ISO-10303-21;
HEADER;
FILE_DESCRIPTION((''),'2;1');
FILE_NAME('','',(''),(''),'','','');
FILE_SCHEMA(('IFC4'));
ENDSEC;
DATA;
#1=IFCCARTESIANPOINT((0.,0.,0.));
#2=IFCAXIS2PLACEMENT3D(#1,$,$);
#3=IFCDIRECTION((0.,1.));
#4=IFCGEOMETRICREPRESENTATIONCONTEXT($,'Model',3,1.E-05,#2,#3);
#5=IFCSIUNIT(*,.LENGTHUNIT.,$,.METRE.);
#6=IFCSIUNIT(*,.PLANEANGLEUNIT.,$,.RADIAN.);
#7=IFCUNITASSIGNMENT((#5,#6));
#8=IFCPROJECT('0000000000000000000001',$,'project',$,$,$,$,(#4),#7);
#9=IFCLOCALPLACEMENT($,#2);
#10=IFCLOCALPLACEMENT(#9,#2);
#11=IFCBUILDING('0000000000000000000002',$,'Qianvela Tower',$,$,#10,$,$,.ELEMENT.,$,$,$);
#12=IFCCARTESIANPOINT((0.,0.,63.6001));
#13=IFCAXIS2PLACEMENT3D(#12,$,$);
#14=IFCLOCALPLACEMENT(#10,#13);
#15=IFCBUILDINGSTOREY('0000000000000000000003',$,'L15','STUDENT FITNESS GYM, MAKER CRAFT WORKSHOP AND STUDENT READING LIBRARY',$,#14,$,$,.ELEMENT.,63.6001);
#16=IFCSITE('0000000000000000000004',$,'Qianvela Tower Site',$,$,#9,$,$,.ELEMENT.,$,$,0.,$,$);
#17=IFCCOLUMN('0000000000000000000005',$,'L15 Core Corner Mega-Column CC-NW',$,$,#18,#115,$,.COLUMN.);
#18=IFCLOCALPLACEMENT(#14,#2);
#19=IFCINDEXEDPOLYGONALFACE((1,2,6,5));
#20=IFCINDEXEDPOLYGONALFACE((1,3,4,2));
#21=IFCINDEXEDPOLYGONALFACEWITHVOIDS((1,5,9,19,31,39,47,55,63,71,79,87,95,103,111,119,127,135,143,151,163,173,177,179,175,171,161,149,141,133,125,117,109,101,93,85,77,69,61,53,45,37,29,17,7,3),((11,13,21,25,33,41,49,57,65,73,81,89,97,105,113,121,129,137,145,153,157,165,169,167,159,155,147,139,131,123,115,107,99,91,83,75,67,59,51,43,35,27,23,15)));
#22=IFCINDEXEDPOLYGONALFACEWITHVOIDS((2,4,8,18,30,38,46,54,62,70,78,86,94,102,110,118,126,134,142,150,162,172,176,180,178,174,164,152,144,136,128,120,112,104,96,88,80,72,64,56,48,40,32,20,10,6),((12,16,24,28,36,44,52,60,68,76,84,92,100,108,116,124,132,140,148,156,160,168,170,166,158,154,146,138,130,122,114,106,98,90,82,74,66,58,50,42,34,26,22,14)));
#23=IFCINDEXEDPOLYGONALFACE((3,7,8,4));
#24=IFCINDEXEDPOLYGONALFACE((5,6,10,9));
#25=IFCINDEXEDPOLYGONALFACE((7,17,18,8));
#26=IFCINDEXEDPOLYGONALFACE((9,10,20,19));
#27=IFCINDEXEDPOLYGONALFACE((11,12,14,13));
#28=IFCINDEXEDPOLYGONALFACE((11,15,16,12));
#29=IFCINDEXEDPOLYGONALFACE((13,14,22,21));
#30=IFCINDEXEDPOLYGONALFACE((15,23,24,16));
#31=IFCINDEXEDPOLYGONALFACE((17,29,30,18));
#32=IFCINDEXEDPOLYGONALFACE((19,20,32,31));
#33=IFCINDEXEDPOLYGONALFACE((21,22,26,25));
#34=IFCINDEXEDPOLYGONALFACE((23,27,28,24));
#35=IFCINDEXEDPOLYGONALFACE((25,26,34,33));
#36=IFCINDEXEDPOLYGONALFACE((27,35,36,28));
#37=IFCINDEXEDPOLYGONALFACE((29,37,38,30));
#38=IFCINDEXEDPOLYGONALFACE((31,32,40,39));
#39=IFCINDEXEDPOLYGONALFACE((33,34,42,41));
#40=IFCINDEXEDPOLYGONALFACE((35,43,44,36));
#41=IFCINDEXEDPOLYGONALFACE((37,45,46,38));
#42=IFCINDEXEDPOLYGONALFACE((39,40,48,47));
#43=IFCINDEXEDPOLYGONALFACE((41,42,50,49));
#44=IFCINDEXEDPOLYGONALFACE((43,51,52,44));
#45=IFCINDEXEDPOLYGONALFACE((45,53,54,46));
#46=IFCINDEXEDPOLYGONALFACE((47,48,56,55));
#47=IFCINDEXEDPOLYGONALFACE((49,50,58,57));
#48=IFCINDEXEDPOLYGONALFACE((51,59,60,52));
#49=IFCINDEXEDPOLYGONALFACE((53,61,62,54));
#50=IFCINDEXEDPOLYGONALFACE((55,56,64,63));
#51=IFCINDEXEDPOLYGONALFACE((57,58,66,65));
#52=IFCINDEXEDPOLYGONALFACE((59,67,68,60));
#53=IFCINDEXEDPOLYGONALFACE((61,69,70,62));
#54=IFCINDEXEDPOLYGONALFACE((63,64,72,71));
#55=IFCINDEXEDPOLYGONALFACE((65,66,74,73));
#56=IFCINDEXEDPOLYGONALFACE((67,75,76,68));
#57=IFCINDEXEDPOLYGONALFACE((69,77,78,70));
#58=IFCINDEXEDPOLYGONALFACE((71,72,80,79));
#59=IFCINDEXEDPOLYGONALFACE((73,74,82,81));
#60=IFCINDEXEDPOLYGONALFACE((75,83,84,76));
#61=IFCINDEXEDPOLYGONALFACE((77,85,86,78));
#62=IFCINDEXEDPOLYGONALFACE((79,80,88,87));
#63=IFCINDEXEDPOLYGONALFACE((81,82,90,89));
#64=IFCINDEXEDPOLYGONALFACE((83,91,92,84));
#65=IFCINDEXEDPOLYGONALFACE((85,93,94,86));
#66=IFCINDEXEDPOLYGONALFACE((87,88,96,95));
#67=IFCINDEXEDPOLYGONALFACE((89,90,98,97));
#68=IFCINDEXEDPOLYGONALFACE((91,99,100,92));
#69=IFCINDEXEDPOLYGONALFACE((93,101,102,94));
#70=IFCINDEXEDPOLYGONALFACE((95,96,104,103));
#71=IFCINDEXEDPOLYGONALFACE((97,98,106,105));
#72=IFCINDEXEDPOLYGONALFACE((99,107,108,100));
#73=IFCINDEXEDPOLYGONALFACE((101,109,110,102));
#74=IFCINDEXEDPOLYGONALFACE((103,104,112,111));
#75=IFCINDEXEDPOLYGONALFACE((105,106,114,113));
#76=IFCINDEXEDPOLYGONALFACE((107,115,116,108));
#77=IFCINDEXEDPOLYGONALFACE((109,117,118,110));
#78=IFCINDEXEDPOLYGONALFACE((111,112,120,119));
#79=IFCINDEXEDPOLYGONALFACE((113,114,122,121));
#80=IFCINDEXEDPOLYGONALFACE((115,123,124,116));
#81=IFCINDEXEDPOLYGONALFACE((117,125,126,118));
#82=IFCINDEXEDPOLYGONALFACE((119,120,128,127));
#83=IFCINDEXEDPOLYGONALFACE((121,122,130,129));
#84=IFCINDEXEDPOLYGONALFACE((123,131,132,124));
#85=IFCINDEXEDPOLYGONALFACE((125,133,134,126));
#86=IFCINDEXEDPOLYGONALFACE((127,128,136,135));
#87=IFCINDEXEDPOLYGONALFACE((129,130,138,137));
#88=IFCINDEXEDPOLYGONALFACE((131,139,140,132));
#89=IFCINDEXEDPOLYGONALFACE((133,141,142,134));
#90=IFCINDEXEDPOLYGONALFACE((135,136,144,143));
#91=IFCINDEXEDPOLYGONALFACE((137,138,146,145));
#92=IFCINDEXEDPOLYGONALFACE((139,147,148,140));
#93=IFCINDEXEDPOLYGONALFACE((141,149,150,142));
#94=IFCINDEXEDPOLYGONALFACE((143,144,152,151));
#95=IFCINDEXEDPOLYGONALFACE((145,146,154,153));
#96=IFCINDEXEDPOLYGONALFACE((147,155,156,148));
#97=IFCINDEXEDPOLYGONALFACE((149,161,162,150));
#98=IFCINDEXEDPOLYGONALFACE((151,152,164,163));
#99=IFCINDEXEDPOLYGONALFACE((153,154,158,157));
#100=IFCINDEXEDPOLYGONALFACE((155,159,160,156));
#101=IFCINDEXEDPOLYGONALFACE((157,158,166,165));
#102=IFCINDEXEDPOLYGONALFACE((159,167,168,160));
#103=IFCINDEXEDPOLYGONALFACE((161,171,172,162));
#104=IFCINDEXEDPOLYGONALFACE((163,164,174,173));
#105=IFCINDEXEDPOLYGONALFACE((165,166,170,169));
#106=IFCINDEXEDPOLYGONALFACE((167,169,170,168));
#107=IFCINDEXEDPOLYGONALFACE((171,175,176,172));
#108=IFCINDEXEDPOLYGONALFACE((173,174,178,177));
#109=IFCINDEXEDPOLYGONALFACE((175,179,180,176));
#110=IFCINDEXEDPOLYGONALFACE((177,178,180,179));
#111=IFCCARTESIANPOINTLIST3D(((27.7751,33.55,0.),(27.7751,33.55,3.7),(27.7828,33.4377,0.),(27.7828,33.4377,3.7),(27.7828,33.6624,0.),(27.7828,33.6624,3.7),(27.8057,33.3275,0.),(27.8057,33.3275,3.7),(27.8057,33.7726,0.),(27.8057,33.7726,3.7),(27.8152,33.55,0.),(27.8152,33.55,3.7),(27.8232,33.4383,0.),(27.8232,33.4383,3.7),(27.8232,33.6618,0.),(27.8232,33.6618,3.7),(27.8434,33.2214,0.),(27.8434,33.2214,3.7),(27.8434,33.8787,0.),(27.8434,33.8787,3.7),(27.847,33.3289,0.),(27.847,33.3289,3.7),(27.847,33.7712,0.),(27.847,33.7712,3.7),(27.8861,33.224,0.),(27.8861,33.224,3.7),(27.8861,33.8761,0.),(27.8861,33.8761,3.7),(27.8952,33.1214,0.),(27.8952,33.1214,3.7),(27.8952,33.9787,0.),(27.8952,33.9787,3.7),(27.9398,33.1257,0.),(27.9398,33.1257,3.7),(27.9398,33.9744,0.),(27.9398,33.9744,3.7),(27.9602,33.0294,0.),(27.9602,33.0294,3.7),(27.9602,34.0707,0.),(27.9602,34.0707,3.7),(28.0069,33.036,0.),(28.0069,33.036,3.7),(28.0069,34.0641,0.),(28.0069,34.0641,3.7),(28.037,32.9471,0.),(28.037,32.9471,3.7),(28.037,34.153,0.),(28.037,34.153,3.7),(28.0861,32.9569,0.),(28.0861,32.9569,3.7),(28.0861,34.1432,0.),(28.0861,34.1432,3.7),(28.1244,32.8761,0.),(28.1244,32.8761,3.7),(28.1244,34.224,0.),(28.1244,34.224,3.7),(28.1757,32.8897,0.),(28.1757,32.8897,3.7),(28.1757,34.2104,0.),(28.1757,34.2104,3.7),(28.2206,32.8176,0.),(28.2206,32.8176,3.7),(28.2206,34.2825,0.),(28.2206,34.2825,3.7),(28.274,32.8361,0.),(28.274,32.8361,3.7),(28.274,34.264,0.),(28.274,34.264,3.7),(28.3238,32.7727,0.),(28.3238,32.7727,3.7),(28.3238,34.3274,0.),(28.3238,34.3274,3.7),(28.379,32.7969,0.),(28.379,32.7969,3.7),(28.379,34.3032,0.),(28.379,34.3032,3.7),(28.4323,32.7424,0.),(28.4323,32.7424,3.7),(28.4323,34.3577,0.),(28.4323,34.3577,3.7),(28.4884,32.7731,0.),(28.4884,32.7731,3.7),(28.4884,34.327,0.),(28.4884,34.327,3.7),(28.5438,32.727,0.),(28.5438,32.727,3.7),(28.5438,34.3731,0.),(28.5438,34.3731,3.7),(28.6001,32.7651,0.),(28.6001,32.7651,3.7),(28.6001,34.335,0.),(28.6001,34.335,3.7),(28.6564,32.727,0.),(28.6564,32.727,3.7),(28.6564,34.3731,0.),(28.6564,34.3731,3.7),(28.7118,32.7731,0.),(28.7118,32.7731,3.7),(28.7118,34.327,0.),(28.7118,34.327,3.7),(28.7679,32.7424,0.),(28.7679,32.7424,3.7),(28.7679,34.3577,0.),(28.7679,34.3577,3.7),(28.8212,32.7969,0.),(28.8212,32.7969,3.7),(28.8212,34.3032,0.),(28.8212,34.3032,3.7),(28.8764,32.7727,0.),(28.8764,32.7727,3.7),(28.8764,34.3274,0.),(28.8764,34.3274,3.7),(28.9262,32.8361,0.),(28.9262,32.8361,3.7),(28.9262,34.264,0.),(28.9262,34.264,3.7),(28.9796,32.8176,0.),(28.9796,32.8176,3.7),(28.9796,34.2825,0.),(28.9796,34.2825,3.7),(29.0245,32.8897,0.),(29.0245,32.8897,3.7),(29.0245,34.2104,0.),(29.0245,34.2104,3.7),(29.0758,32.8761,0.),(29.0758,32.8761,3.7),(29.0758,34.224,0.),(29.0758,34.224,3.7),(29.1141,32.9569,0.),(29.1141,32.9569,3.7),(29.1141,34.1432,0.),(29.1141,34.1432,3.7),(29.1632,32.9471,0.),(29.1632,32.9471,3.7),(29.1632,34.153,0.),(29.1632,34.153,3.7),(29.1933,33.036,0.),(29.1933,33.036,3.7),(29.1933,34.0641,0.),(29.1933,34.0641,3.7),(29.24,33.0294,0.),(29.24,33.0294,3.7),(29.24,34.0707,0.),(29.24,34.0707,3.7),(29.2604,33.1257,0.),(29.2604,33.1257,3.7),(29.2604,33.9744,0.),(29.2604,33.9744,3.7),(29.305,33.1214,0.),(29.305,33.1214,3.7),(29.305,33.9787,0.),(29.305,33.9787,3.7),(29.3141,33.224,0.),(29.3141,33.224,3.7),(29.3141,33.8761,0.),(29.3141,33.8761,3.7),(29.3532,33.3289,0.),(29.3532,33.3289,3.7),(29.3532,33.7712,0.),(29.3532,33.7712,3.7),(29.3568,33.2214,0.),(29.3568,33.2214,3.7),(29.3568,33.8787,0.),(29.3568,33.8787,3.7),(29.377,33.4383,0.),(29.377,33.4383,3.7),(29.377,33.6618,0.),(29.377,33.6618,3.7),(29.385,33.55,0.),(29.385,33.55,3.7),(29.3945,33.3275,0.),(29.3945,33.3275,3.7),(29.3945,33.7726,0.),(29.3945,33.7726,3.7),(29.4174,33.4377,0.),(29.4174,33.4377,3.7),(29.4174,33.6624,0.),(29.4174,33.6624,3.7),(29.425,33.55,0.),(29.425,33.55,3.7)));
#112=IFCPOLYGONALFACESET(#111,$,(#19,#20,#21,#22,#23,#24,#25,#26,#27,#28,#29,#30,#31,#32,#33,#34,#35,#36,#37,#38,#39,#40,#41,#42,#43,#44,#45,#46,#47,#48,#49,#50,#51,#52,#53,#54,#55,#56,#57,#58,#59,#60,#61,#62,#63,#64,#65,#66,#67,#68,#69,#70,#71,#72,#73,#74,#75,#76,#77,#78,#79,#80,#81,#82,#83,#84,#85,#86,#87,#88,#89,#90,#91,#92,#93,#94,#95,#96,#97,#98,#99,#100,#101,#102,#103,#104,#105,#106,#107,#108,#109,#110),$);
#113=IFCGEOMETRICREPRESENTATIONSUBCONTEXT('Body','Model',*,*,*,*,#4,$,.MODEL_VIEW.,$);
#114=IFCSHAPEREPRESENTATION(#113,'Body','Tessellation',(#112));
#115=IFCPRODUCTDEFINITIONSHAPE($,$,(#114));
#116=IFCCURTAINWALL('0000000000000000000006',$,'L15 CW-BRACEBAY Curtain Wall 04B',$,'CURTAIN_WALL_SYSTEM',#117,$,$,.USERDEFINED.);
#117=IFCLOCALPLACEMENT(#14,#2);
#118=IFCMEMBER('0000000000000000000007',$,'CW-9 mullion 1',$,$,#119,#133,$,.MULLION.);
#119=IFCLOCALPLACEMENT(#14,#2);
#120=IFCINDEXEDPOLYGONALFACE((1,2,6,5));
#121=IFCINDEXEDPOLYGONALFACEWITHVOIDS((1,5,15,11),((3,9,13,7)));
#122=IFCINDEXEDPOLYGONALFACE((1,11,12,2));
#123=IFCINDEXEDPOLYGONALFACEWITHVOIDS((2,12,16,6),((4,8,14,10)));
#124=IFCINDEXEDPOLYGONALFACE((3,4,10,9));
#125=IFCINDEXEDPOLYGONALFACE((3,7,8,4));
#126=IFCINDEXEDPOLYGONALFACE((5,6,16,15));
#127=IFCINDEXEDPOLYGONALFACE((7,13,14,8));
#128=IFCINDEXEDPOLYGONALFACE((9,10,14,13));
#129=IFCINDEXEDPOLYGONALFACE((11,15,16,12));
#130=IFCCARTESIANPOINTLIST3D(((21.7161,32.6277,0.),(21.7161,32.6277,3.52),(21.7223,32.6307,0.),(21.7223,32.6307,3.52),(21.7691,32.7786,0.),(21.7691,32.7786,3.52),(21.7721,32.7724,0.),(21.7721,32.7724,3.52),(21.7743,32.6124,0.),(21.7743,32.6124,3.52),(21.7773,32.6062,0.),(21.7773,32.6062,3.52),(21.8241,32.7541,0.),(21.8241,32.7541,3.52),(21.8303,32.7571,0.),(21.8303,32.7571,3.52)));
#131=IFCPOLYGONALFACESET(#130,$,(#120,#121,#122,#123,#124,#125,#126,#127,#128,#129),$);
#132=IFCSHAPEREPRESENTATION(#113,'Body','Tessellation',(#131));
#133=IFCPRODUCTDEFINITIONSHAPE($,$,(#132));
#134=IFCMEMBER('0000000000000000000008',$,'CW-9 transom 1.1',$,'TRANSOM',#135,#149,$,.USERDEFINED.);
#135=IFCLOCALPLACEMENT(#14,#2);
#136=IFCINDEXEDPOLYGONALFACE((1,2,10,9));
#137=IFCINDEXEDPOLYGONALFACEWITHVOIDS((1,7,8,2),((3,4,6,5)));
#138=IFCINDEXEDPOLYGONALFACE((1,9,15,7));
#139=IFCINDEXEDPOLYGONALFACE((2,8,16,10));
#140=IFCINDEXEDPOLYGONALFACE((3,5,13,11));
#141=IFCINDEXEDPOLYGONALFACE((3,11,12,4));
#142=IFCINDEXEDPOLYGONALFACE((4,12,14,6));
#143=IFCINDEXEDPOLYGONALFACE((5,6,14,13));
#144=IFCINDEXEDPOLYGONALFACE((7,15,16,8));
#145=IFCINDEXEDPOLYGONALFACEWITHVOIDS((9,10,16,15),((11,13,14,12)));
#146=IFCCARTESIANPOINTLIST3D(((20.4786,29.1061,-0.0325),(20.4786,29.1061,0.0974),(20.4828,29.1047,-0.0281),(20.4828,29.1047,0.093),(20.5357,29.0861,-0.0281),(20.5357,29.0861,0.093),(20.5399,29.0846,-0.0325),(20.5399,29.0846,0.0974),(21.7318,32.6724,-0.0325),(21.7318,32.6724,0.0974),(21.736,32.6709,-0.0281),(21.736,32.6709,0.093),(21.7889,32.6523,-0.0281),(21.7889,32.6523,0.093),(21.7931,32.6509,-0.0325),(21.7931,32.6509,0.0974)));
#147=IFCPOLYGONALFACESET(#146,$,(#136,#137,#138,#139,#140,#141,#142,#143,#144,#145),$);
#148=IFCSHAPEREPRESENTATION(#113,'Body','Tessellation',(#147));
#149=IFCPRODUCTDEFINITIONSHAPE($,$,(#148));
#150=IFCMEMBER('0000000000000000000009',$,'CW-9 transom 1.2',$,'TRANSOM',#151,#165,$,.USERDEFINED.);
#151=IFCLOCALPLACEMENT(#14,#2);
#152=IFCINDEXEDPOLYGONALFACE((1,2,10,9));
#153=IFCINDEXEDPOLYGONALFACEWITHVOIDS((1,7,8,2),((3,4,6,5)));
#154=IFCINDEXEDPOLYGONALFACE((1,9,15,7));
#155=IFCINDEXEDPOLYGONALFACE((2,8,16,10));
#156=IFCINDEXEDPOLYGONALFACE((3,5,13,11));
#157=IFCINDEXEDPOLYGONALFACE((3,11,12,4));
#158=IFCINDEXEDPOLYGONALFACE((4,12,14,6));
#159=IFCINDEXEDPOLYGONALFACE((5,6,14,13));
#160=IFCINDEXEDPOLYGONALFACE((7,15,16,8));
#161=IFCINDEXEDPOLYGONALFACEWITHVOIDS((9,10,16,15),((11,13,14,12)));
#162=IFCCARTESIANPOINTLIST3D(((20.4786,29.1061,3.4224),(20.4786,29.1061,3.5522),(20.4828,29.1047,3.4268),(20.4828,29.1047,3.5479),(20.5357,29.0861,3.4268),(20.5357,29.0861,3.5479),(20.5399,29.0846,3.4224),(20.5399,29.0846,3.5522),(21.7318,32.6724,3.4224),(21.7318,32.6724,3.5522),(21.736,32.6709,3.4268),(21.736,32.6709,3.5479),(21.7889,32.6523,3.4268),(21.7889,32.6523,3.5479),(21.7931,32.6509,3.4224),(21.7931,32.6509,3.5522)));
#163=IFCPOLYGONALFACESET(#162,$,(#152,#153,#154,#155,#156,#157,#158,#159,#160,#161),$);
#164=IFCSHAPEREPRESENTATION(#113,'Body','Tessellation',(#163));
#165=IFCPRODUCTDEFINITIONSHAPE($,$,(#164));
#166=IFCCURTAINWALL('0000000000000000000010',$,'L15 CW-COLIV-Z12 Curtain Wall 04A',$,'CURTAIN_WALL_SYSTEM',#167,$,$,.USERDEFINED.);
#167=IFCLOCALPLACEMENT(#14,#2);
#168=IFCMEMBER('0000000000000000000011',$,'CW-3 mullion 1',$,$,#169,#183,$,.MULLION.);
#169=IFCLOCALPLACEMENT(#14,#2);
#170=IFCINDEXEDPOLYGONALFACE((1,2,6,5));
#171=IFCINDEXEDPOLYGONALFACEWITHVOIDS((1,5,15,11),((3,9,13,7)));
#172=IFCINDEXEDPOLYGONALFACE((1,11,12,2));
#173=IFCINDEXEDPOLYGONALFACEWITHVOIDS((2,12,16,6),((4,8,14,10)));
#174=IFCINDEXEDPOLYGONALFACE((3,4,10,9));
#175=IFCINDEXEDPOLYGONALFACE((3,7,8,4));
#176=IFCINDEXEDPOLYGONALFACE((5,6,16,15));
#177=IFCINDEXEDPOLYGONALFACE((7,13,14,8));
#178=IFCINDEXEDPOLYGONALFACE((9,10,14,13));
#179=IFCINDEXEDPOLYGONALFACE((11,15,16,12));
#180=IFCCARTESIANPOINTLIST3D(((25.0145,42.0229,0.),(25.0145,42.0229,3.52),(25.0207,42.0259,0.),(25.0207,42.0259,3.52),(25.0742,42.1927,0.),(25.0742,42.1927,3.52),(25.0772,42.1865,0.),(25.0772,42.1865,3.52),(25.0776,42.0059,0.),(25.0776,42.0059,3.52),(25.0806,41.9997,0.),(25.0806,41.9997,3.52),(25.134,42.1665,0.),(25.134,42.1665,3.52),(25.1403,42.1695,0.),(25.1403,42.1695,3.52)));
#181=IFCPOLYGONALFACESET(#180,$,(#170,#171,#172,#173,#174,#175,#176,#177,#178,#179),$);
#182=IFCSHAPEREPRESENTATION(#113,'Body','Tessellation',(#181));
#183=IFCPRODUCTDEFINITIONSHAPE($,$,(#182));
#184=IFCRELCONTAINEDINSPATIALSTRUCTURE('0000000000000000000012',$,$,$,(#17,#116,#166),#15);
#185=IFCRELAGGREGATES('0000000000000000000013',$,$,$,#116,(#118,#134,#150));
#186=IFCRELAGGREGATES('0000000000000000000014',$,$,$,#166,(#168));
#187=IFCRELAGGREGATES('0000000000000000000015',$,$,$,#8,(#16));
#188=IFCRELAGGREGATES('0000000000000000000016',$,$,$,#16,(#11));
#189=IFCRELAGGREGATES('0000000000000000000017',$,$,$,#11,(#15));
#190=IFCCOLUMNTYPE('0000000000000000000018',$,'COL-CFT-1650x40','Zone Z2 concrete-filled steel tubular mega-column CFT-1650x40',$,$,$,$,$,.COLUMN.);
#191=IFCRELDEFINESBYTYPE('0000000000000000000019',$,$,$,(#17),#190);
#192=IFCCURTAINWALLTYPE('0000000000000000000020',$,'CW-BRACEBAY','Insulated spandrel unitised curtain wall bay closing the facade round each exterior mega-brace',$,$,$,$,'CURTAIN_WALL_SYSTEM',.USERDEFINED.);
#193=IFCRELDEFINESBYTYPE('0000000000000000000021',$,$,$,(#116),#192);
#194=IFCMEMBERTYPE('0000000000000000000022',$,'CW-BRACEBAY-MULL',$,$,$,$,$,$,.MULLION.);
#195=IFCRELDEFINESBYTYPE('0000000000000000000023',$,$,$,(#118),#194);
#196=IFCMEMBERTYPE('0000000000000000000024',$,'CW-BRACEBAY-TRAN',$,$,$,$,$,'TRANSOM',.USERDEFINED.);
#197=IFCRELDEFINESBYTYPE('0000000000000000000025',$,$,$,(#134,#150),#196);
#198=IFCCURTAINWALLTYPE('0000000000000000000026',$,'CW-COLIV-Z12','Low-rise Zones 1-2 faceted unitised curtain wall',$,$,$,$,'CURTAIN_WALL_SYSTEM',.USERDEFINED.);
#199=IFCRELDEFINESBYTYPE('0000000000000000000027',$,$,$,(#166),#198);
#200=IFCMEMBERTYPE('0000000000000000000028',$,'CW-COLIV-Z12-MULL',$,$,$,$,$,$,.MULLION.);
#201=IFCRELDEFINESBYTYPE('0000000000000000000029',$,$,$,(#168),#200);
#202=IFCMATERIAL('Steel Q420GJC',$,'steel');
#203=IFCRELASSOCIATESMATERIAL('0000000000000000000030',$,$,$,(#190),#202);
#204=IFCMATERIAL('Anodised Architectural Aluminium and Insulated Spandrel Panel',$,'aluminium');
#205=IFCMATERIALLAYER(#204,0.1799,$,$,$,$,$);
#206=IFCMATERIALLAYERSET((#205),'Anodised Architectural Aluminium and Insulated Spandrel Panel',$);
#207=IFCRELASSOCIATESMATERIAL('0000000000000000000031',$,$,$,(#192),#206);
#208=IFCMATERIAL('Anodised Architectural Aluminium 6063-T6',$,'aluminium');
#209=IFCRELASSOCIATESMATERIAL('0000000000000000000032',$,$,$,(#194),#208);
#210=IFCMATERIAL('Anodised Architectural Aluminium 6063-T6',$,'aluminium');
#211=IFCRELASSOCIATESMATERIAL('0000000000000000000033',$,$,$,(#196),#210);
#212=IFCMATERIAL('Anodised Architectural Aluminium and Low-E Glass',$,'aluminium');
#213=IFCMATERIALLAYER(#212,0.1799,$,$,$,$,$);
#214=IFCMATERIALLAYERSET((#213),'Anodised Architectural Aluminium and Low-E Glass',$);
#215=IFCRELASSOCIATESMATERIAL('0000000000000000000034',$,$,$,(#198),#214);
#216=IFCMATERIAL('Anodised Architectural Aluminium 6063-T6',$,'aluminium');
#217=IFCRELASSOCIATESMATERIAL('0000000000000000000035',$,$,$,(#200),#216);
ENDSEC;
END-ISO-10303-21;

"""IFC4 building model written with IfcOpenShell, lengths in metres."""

from ifc_helpers import new_model, si_unit, direction, frame, origin, origin_2d, place, context, subcontext, project, spatial, hollow_rectangle, hollow_circle, extrude, material, layer, layer_set, material_profile, profile_set, type_object, element, aggregate, save


model = new_model("IFC4")

# Units and contexts
model_context = context("Model", 3, precision=1e-05, world=origin(), true_north=direction((0.0, 1.0)))
body_context = subcontext(model_context, "Body", "Model", "MODEL_VIEW")
ifc_project = project(units=[si_unit("LENGTHUNIT", "METRE"), si_unit("PLANEANGLEUNIT", "RADIAN")], contexts=[model_context])

# Site, building, storey
site_placement = place(None, origin())
site = spatial("IfcSite", under=ifc_project, at=site_placement, Name="Qianvela Tower Site", CompositionType="ELEMENT", RefElevation=0.0)
building_placement = place(site_placement, origin())
building = spatial("IfcBuilding", under=site, at=building_placement, Name="Qianvela Tower", CompositionType="ELEMENT")
storey_placement = place(building_placement, frame((0.0, 0.0, 63.6001)))
storey = spatial("IfcBuildingStorey", under=building, at=storey_placement, Name="L15", Description="STUDENT FITNESS GYM, MAKER CRAFT WORKSHOP AND STUDENT READING LIBRARY", CompositionType="ELEMENT", Elevation=63.6001)

# Column
ifc_material_1 = material(Name="Steel Q420GJC", Category="steel")
ifc_material_profile_1 = material_profile(ifc_material_1, hollow_circle(Radius=0.825, WallThickness=0.04, at=origin_2d()), Name="CFT-1650x40")
ifc_profile_set_1 = profile_set([ifc_material_profile_1], Name="Steel Q420GJC")
column_type = type_object("IfcColumnType", Name="COL-CFT-1650x40", Description="Zone Z2 concrete-filled steel tubular mega-column CFT-1650x40", PredefinedType="COLUMN", material=ifc_profile_set_1)
column_placement = place(storey_placement, frame((28.6001, 33.55, 0.0), z_axis=(0.0, 0.0, 1.0), x_axis=(1.0, 0.0, 0.0)))
element("IfcColumn", 1, at=column_placement, inside=storey, type_object=column_type, Name="L15 Core Corner Mega-Column CC-NW", PredefinedType="COLUMN", context=body_context, shape_type="SweptSolid", body=[
    extrude(hollow_circle(Radius=0.825, WallThickness=0.04, at=origin_2d()), origin(), (0.0, 0.0, 1.0), 3.7),
])

# Curtain wall, members
ifc_material_2 = material(Name="Anodised Architectural Aluminium and Insulated Spandrel Panel", Category="aluminium")
ifc_layer_1 = layer(ifc_material_2, 0.1799)
ifc_layer_set_1 = layer_set([ifc_layer_1], Name="Anodised Architectural Aluminium and Insulated Spandrel Panel")
curtain_wall_type_1 = type_object("IfcCurtainWallType", Name="CW-BRACEBAY", Description="Insulated spandrel unitised curtain wall bay closing the facade round each exterior mega-brace", ElementType="CURTAIN_WALL_SYSTEM", PredefinedType="USERDEFINED", material=ifc_layer_set_1)
curtain_wall_1_placement = place(storey_placement, origin())
curtain_wall_1 = element("IfcCurtainWall", 2, at=curtain_wall_1_placement, inside=storey, type_object=curtain_wall_type_1, Name="L15 CW-BRACEBAY Curtain Wall 04B", ObjectType="CURTAIN_WALL_SYSTEM", PredefinedType="USERDEFINED")
ifc_material_3 = material(Name="Anodised Architectural Aluminium 6063-T6", Category="aluminium")
ifc_material_profile_2 = material_profile(ifc_material_3, hollow_rectangle(XDim=0.0649, YDim=0.1599, WallThickness=0.0049, at=origin_2d()), Name="ALU-MULL-65x160")
ifc_profile_set_2 = profile_set([ifc_material_profile_2], Name="Anodised Architectural Aluminium 6063-T6")
member_type_1 = type_object("IfcMemberType", Name="CW-BRACEBAY-MULL", PredefinedType="MULLION", material=ifc_profile_set_2)
member_1_placement = place(storey_placement, frame((21.7732, 32.6924, 0.0), z_axis=(0.0, 0.0, 1.0), x_axis=(0.943452, -0.331509, 0.0)))
member_1 = element("IfcMember", 3, at=member_1_placement, type_object=member_type_1, Name="CW-9 mullion 1", PredefinedType="MULLION", context=body_context, shape_type="SweptSolid", body=[
    extrude(hollow_rectangle(XDim=0.0649, YDim=0.1599, WallThickness=0.0049, at=origin_2d()), origin(), (0.0, 0.0, 1.0), 3.52),
])
ifc_material_4 = material(Name="Anodised Architectural Aluminium 6063-T6", Category="aluminium")
ifc_material_profile_3 = material_profile(ifc_material_4, hollow_rectangle(XDim=0.0649, YDim=0.1299, WallThickness=0.0044, at=origin_2d()), Name="ALU-TRAN-65x130")
ifc_profile_set_3 = profile_set([ifc_material_profile_3], Name="Anodised Architectural Aluminium 6063-T6")
member_type_2 = type_object("IfcMemberType", Name="CW-BRACEBAY-TRAN", ElementType="TRANSOM", PredefinedType="USERDEFINED", material=ifc_profile_set_3)
member_2_placement = place(storey_placement, frame((21.7625, 32.6616, 0.0325), z_axis=(-0.331533, -0.943444, 0.0), x_axis=(0.943444, -0.331533, 0.0)))
member_2 = element("IfcMember", 4, at=member_2_placement, type_object=member_type_2, Name="CW-9 transom 1.1", ObjectType="TRANSOM", PredefinedType="USERDEFINED", context=body_context, shape_type="SweptSolid", body=[
    extrude(hollow_rectangle(XDim=0.0649, YDim=0.1299, WallThickness=0.0044, at=origin_2d()), origin(), (0.0, 0.0, 1.0), 3.78),
])
member_3_placement = place(storey_placement, frame((21.7625, 32.6616, 3.4873), z_axis=(-0.331533, -0.943444, 0.0), x_axis=(0.943444, -0.331533, 0.0)))
member_3 = element("IfcMember", 5, at=member_3_placement, type_object=member_type_2, Name="CW-9 transom 1.2", ObjectType="TRANSOM", PredefinedType="USERDEFINED", context=body_context, shape_type="SweptSolid", body=[
    extrude(hollow_rectangle(XDim=0.0649, YDim=0.1299, WallThickness=0.0044, at=origin_2d()), origin(), (0.0, 0.0, 1.0), 3.78),
])
aggregate(curtain_wall_1, [member_1, member_2, member_3])

# Curtain wall, member
ifc_material_5 = material(Name="Anodised Architectural Aluminium and Low-E Glass", Category="aluminium")
ifc_layer_2 = layer(ifc_material_5, 0.1799)
ifc_layer_set_2 = layer_set([ifc_layer_2], Name="Anodised Architectural Aluminium and Low-E Glass")
curtain_wall_type_2 = type_object("IfcCurtainWallType", Name="CW-COLIV-Z12", Description="Low-rise Zones 1-2 faceted unitised curtain wall", ElementType="CURTAIN_WALL_SYSTEM", PredefinedType="USERDEFINED", material=ifc_layer_set_2)
curtain_wall_2_placement = place(storey_placement, origin())
curtain_wall_2 = element("IfcCurtainWall", 6, at=curtain_wall_2_placement, inside=storey, type_object=curtain_wall_type_2, Name="L15 CW-COLIV-Z12 Curtain Wall 04A", ObjectType="CURTAIN_WALL_SYSTEM", PredefinedType="USERDEFINED")
ifc_material_6 = material(Name="Anodised Architectural Aluminium 6063-T6", Category="aluminium")
ifc_material_profile_4 = material_profile(ifc_material_6, hollow_rectangle(XDim=0.0701, YDim=0.1799, WallThickness=0.0049, at=origin_2d()), Name="ALU-MULL-70x180")
ifc_profile_set_4 = profile_set([ifc_material_profile_4], Name="Anodised Architectural Aluminium 6063-T6")
member_type_3 = type_object("IfcMemberType", Name="CW-COLIV-Z12-MULL", PredefinedType="MULLION", material=ifc_profile_set_4)
member_4_placement = place(storey_placement, frame((25.0774, 42.0962, 0.0), z_axis=(0.0, 0.0, 1.0), x_axis=(0.943453, -0.331506, 0.0)))
member_4 = element("IfcMember", 7, at=member_4_placement, type_object=member_type_3, Name="CW-3 mullion 1", PredefinedType="MULLION", context=body_context, shape_type="SweptSolid", body=[
    extrude(hollow_rectangle(XDim=0.0701, YDim=0.1799, WallThickness=0.0049, at=origin_2d()), origin(), (0.0, 0.0, 1.0), 3.52),
])
aggregate(curtain_wall_2, [member_4])

save(model, "model.ifc")
